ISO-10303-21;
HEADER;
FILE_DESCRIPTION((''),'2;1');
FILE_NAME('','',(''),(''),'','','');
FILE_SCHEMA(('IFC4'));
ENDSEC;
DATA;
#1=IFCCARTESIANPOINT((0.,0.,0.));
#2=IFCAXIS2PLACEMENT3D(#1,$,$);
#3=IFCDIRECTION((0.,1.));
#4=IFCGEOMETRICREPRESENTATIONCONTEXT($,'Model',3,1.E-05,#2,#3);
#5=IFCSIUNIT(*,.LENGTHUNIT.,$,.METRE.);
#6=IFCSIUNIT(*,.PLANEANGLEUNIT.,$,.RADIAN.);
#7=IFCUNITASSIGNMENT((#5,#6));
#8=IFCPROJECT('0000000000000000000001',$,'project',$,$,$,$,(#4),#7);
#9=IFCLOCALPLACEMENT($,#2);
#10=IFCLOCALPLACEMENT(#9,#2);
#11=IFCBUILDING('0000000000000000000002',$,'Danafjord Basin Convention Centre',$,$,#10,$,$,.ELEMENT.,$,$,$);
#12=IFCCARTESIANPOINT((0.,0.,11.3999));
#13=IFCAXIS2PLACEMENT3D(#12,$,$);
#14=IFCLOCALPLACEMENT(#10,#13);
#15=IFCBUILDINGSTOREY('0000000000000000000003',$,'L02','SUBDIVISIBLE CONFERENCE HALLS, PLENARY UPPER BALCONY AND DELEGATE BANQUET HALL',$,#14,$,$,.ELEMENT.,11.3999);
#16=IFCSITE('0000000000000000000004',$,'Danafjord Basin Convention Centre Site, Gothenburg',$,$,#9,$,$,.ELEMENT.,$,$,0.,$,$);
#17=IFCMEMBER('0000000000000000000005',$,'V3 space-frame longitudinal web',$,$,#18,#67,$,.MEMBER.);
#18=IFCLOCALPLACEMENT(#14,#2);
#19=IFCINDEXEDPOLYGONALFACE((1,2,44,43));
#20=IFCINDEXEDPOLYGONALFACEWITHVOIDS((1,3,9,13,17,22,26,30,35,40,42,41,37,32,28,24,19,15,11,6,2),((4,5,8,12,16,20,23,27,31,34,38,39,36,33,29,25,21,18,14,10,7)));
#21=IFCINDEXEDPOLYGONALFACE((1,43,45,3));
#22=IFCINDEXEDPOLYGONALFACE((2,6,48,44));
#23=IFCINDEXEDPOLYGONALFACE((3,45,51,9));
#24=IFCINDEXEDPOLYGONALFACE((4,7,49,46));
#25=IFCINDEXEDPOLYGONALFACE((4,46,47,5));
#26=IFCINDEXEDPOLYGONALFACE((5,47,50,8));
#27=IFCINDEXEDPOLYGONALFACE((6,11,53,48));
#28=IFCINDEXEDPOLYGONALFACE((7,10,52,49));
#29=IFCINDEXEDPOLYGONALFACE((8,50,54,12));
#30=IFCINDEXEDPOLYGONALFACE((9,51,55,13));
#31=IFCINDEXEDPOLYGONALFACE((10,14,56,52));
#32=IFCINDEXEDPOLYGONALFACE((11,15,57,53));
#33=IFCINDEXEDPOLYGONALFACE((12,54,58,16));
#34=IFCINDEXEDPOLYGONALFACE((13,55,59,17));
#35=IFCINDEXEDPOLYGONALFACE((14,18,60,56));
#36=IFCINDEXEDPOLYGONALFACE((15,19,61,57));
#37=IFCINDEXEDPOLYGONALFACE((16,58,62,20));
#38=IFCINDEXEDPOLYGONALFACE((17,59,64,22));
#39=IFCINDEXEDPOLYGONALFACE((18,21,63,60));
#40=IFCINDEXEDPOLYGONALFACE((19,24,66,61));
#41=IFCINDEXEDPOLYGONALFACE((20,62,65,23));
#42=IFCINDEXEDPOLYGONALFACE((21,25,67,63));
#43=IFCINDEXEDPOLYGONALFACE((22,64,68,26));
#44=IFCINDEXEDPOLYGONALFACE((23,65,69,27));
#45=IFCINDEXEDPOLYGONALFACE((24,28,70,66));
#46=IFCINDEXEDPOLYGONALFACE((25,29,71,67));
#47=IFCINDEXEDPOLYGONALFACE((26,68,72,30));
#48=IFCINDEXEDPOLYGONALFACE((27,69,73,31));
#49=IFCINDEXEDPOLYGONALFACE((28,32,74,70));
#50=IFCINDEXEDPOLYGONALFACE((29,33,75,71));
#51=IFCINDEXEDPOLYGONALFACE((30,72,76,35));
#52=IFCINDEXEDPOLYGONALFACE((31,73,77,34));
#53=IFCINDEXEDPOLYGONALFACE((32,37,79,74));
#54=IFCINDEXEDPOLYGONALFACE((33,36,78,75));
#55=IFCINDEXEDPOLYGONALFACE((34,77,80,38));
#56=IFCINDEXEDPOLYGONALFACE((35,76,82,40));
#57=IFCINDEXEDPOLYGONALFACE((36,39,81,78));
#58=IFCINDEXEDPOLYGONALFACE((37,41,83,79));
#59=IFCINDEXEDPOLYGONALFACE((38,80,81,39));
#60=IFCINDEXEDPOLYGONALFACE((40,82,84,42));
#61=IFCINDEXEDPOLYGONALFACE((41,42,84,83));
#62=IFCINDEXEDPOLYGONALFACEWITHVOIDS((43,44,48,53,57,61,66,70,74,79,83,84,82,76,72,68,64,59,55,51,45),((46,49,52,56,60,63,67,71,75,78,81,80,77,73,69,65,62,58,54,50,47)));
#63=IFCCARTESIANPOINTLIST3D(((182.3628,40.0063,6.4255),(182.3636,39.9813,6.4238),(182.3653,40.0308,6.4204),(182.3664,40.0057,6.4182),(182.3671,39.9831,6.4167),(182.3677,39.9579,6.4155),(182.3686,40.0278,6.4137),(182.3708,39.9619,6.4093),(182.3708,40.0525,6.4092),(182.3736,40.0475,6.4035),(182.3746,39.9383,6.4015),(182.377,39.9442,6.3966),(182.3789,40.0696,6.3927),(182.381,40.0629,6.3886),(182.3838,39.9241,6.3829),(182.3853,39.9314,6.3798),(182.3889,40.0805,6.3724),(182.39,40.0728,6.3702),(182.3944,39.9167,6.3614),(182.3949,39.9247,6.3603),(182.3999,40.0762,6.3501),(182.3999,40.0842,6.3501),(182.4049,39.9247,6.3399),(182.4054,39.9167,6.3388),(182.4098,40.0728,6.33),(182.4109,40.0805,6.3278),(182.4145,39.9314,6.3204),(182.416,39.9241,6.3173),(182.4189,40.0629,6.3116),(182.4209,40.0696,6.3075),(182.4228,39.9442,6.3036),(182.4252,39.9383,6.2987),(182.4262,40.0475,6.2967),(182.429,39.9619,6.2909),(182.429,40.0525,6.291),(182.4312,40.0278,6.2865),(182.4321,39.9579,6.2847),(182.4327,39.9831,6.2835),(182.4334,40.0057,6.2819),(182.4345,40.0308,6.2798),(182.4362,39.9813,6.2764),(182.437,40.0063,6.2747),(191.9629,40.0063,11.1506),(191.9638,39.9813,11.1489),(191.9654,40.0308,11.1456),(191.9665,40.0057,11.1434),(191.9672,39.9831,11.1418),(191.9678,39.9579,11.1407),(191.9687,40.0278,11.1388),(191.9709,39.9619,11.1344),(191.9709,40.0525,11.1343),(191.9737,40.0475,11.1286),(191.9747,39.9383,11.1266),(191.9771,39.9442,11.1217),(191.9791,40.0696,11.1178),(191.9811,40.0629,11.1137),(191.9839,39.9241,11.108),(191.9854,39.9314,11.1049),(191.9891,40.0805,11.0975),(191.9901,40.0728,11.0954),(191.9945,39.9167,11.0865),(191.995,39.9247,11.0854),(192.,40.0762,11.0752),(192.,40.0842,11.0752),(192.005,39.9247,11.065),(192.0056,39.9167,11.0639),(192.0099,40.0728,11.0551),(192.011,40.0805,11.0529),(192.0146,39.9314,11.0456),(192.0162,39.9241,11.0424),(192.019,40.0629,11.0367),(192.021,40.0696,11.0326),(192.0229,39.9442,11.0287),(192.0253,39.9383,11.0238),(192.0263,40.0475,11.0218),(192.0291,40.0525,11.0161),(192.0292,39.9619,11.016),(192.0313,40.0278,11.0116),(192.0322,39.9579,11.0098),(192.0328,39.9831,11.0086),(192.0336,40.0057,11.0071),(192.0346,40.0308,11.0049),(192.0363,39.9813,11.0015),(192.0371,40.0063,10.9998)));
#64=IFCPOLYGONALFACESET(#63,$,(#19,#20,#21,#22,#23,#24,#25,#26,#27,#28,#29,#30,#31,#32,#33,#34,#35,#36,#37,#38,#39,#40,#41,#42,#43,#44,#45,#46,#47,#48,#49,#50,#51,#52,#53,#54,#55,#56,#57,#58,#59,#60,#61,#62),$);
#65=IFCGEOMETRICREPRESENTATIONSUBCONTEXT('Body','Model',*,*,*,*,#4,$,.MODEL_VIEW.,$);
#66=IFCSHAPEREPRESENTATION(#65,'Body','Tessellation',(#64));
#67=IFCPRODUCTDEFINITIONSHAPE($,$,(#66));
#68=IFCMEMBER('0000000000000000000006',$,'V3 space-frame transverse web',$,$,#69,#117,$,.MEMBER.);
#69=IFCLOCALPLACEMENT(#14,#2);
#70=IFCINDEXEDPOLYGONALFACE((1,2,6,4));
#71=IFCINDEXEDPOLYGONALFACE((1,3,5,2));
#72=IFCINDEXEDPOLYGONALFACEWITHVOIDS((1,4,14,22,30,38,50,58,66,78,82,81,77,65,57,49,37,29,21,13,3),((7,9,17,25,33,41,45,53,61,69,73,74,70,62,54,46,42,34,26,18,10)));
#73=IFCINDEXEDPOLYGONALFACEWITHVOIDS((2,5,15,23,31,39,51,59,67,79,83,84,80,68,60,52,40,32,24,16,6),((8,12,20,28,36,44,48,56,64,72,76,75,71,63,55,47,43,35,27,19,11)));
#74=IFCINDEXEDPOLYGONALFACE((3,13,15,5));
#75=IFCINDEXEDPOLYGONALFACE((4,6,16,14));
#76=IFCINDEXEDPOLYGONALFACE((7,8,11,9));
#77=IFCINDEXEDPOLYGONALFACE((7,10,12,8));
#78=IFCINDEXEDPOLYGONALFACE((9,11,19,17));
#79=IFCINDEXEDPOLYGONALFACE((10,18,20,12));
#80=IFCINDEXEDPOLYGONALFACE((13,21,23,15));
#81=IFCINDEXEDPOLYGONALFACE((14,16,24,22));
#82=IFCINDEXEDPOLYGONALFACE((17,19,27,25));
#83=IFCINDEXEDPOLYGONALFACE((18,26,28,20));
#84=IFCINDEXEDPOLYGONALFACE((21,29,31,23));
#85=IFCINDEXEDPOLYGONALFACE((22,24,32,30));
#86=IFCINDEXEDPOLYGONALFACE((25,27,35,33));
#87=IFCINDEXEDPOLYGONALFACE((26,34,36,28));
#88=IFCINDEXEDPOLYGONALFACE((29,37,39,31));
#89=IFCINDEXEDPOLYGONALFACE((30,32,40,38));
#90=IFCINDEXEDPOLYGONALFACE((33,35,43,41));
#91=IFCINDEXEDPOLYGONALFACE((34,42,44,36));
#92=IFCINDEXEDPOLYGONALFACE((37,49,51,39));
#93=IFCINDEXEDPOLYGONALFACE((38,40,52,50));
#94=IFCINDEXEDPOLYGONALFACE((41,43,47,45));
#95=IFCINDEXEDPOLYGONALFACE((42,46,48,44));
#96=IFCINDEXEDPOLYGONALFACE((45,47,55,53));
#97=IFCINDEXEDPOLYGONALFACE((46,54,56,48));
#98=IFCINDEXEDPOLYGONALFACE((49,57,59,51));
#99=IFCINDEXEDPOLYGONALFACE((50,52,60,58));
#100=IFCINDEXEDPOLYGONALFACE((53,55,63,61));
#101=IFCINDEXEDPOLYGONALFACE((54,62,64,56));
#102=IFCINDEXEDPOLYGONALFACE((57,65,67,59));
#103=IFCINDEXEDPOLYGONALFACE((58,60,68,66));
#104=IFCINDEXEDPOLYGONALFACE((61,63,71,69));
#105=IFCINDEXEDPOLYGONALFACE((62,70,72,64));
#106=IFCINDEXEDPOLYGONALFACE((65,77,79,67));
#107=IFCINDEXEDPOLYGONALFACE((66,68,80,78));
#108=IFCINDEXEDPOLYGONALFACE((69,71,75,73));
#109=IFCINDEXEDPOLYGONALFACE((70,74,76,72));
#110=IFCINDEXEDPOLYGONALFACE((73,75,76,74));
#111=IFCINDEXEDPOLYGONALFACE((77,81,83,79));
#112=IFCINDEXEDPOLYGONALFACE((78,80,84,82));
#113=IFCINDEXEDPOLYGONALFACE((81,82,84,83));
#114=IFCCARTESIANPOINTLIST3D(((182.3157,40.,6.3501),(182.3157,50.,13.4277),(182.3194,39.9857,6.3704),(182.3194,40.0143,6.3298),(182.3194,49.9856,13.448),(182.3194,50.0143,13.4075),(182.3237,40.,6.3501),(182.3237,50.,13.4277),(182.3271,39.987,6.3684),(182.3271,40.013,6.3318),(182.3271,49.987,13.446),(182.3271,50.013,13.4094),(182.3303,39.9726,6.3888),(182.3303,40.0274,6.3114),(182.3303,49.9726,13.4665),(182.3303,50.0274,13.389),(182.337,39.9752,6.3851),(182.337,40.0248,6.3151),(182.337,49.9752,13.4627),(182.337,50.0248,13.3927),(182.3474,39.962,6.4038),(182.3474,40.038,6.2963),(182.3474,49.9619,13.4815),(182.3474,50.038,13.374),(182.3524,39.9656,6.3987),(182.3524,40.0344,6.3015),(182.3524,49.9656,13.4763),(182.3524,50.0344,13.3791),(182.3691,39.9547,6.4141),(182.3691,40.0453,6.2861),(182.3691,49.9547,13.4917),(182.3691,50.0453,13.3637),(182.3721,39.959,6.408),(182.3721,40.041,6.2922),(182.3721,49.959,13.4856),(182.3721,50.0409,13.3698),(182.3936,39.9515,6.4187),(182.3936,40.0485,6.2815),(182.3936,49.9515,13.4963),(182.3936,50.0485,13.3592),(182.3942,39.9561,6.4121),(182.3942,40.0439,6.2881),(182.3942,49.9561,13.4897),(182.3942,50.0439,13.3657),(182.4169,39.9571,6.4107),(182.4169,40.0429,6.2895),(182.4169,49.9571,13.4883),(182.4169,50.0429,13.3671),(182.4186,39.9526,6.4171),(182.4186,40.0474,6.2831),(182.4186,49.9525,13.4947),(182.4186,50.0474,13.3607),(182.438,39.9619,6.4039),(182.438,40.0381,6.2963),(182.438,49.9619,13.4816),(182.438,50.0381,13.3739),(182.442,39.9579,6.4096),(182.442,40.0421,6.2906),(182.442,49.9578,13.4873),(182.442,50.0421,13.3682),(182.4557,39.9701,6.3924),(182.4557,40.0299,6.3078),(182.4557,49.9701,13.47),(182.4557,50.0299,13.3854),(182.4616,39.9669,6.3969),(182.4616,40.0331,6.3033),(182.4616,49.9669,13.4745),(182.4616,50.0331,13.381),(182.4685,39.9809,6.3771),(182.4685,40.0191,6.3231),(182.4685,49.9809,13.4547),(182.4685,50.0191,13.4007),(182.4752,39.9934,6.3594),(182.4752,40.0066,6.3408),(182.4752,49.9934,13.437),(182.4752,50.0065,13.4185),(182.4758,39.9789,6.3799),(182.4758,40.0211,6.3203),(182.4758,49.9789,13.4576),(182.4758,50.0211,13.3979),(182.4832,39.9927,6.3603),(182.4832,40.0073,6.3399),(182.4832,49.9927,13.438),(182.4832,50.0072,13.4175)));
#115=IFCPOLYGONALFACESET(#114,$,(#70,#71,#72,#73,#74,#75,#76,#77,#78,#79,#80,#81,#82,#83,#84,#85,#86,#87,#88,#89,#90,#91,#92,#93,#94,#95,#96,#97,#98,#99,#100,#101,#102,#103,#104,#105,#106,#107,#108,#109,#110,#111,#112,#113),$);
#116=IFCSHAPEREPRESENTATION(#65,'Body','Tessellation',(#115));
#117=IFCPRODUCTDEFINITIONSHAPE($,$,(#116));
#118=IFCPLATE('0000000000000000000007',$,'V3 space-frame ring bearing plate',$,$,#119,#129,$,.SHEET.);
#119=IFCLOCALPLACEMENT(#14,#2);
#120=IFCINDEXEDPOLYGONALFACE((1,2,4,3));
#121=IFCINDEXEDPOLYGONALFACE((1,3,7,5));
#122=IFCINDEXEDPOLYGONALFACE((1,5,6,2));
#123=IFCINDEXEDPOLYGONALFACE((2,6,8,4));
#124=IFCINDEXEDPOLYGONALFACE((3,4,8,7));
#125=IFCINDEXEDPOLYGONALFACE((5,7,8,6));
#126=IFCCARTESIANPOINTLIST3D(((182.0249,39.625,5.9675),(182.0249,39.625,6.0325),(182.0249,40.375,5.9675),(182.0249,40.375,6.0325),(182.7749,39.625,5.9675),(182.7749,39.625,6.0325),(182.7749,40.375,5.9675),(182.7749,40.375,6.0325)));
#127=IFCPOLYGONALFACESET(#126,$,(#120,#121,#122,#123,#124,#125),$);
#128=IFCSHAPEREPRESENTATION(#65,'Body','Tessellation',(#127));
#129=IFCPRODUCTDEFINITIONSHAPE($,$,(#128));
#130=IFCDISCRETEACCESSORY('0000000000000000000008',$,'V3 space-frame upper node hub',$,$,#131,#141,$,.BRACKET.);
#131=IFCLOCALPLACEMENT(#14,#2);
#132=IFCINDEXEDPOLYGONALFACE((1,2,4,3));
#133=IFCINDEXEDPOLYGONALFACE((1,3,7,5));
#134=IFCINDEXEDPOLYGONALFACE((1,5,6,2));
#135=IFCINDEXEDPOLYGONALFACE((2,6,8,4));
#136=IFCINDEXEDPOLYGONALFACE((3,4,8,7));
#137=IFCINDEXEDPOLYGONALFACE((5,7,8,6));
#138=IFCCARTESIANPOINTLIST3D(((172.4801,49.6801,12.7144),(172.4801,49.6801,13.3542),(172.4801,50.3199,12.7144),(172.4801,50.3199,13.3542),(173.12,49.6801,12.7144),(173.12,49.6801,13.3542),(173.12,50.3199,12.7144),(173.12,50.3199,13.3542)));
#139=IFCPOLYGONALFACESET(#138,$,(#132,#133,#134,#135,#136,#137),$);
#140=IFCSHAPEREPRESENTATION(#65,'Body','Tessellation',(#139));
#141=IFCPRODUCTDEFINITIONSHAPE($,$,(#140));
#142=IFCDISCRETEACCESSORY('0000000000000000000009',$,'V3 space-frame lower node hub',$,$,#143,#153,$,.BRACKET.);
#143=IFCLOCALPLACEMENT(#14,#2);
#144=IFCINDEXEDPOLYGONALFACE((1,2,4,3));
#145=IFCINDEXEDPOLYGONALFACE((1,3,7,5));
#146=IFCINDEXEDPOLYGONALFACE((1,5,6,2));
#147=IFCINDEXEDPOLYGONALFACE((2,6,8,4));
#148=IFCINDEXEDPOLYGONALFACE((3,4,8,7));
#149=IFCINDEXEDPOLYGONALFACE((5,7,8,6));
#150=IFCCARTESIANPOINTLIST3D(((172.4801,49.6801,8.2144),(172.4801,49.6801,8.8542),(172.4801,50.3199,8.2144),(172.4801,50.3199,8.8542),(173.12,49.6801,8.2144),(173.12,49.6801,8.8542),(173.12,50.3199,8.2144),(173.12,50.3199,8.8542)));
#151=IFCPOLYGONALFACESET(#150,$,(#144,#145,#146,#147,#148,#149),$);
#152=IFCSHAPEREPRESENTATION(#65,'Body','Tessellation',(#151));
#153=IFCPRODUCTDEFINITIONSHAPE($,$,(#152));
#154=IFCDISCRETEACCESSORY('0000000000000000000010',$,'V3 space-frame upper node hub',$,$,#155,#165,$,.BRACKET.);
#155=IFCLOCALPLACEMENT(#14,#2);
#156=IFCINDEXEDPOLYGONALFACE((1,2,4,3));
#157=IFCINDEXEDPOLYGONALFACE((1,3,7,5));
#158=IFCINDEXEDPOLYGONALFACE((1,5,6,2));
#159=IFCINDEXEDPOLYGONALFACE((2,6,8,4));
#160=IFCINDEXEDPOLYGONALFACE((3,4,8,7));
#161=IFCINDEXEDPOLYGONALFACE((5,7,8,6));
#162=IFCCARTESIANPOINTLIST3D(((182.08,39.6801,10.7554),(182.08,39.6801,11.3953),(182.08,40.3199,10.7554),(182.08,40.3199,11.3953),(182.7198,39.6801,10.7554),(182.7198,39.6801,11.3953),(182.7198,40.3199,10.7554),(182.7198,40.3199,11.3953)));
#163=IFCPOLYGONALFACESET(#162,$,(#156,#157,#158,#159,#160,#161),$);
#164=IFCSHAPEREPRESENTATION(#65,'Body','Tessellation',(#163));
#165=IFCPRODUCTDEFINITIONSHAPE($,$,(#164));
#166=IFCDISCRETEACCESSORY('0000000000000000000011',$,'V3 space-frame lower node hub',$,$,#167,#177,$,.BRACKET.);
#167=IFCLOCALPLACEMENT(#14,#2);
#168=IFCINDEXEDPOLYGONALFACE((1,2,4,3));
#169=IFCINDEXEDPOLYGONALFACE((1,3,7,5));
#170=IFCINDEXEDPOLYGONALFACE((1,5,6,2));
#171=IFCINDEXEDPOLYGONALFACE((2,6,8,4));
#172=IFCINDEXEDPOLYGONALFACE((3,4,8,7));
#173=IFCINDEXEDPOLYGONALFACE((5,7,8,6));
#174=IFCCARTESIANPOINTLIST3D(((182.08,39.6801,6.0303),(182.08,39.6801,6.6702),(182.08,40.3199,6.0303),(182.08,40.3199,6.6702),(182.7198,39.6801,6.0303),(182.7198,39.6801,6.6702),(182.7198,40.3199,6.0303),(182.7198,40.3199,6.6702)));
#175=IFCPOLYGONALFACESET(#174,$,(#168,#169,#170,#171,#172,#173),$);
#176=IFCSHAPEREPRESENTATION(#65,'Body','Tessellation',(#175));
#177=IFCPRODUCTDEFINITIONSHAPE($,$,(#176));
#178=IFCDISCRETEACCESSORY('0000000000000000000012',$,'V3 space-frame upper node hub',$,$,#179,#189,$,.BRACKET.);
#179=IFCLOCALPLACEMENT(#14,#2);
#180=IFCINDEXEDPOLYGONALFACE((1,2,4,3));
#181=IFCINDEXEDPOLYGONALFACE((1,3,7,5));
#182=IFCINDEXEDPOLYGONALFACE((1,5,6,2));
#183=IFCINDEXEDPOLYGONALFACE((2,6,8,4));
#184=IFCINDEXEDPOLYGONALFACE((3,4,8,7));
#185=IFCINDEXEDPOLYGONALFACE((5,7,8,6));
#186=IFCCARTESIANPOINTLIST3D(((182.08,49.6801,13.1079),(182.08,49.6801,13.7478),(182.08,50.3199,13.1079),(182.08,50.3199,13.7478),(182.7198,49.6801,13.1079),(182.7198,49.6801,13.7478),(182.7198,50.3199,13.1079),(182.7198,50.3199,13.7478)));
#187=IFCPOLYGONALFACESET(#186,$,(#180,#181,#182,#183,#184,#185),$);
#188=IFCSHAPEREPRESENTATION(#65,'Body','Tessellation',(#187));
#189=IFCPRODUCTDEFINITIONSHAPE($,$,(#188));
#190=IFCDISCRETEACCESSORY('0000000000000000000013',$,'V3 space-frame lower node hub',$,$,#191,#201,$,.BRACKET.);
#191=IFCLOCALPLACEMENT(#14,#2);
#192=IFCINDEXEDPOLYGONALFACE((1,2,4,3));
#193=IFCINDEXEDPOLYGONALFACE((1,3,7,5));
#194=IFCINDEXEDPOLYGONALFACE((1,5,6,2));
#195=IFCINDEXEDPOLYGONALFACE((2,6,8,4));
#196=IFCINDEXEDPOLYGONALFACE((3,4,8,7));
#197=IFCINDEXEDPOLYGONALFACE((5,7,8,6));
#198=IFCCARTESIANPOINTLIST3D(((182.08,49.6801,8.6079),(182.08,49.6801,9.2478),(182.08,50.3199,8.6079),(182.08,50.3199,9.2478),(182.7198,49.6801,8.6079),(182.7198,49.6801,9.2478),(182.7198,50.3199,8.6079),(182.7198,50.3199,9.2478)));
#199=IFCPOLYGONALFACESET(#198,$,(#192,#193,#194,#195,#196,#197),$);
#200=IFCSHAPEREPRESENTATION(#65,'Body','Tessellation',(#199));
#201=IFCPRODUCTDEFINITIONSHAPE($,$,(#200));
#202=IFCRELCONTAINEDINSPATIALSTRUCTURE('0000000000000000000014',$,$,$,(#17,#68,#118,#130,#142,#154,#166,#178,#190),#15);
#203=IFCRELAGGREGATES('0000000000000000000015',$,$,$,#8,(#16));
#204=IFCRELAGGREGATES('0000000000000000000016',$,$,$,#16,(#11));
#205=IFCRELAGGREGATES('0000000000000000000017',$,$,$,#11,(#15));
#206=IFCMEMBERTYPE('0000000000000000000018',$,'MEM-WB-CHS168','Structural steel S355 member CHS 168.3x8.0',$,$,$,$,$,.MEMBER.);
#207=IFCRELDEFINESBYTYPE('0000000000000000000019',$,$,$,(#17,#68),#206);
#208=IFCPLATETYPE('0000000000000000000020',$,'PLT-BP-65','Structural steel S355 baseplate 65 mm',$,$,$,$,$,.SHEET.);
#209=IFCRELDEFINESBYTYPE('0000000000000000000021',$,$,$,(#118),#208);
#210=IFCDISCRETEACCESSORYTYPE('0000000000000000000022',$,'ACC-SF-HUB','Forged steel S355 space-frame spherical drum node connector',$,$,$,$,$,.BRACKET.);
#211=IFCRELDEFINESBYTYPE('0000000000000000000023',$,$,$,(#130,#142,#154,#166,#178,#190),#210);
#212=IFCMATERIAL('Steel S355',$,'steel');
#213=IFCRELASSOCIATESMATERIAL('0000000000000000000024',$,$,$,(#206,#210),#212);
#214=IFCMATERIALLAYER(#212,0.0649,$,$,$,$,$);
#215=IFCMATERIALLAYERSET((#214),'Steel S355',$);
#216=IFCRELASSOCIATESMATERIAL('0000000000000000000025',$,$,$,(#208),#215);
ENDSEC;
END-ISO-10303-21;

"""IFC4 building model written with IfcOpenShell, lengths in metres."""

from ifc_helpers import new_model, si_unit, direction, frame, origin, origin_2d, place, context, subcontext, project, spatial, rectangle, hollow_circle, extrude, material, layer, layer_set, material_profile, profile_set, type_object, element, save


model = new_model("IFC4")

# Units and contexts
model_context = context("Model", 3, precision=1e-05, world=origin(), true_north=direction((0.0, 1.0)))
body_context = subcontext(model_context, "Body", "Model", "MODEL_VIEW")
ifc_project = project(units=[si_unit("LENGTHUNIT", "METRE"), si_unit("PLANEANGLEUNIT", "RADIAN")], contexts=[model_context])

# Site, building, storey
site_placement = place(None, origin())
site = spatial("IfcSite", under=ifc_project, at=site_placement, Name="Danafjord Basin Convention Centre Site, Gothenburg", CompositionType="ELEMENT", RefElevation=0.0)
building_placement = place(site_placement, origin())
building = spatial("IfcBuilding", under=site, at=building_placement, Name="Danafjord Basin Convention Centre", CompositionType="ELEMENT")
storey_placement = place(building_placement, frame((0.0, 0.0, 11.3999)))
storey = spatial("IfcBuildingStorey", under=building, at=storey_placement, Name="L02", Description="SUBDIVISIBLE CONFERENCE HALLS, PLENARY UPPER BALCONY AND DELEGATE BANQUET HALL", CompositionType="ELEMENT", Elevation=11.3999)

# Shared definitions
ifc_material_1 = material(Name="Steel S355", Category="steel")

# Members
ifc_material_profile_1 = material_profile(ifc_material_1, hollow_circle(Radius=0.0842, WallThickness=0.0081, at=origin_2d()), Name="CHS 168.3x8.0")
ifc_profile_set_1 = profile_set([ifc_material_profile_1], Name="Steel S355")
member_type_1 = type_object("IfcMemberType", Name="MEM-WB-CHS168", Description="Structural steel S355 member CHS 168.3x8.0", PredefinedType="MEMBER", material=ifc_profile_set_1)
member_1_placement = place(storey_placement, frame((182.3999, 40.0, 6.3501), z_axis=(0.897212, 0.0, 0.441601), x_axis=(0.0, 1.0, 0.0)))
element("IfcMember", 1, at=member_1_placement, inside=storey, type_object=member_type_1, Name="V3 space-frame longitudinal web", PredefinedType="MEMBER", context=body_context, shape_type="SweptSolid", body=[
    extrude(hollow_circle(Radius=0.0842, WallThickness=0.0081, at=origin_2d()), origin(), (0.0, 0.0, 1.0), 10.7),
])
member_2_placement = place(storey_placement, frame((182.3999, 40.0, 6.3501), z_axis=(0.0, 0.816244, 0.577708), x_axis=(-1.0, 0.0, 0.0)))
element("IfcMember", 2, at=member_2_placement, inside=storey, type_object=member_type_1, Name="V3 space-frame transverse web", PredefinedType="MEMBER", context=body_context, shape_type="SweptSolid", body=[
    extrude(hollow_circle(Radius=0.0842, WallThickness=0.0081, at=origin_2d()), origin(), (0.0, 0.0, 1.0), 12.2512),
])

# Plate
ifc_layer = layer(ifc_material_1, 0.0649)
ifc_layer_set = layer_set([ifc_layer], Name="Steel S355")
plate_type = type_object("IfcPlateType", Name="PLT-BP-65", Description="Structural steel S355 baseplate 65 mm", PredefinedType="SHEET", material=ifc_layer_set)
plate_placement = place(storey_placement, frame((182.3999, 40.0, 5.9675), z_axis=(0.0, 0.0, 1.0), x_axis=(1.0, 0.0, 0.0)))
element("IfcPlate", 3, at=plate_placement, inside=storey, type_object=plate_type, Name="V3 space-frame ring bearing plate", PredefinedType="SHEET", context=body_context, shape_type="SweptSolid", body=[
    extrude(rectangle(XDim=0.75, YDim=0.75, at=origin_2d()), origin(), (0.0, 0.0, 1.0), 0.0649),
])

# Discrete accessories
discrete_accessory_type = type_object("IfcDiscreteAccessoryType", Name="ACC-SF-HUB", Description="Forged steel S355 space-frame spherical drum node connector", PredefinedType="BRACKET", material=ifc_material_1)
for number, where, z_axis, x_axis, name in (
    (4, (172.8, 50.0, 12.7144), (0.0, 0.0, 1.0), (1.0, 0.0, 0.0), "V3 space-frame upper node hub"),
    (5, (172.8, 50.0, 8.2144), (0.0, 0.0, 1.0), (1.0, 0.0, 0.0), "V3 space-frame lower node hub"),
    (6, (182.3999, 40.0, 10.7554), (0.0, 0.0, 1.0), (1.0, 0.0, 0.0), "V3 space-frame upper node hub"),
    (7, (182.3999, 40.0, 6.0303), (0.0, 0.0, 1.0), (1.0, 0.0, 0.0), "V3 space-frame lower node hub"),
    (8, (182.3999, 50.0, 13.1079), (0.0, 0.0, 1.0), (1.0, 0.0, 0.0), "V3 space-frame upper node hub"),
    (9, (182.3999, 50.0, 8.6079), (0.0, 0.0, 1.0), (1.0, 0.0, 0.0), "V3 space-frame lower node hub"),
):
    element("IfcDiscreteAccessory", number, at=place(storey_placement, frame(where, z_axis=z_axis, x_axis=x_axis)), inside=storey, type_object=discrete_accessory_type, Name=name, PredefinedType="BRACKET", context=body_context, shape_type="SweptSolid", body=[
        extrude(rectangle(XDim=0.6399, YDim=0.6399, at=origin_2d()), origin(), (0.0, 0.0, 1.0), 0.6399),
    ])

save(model, "model.ifc")
